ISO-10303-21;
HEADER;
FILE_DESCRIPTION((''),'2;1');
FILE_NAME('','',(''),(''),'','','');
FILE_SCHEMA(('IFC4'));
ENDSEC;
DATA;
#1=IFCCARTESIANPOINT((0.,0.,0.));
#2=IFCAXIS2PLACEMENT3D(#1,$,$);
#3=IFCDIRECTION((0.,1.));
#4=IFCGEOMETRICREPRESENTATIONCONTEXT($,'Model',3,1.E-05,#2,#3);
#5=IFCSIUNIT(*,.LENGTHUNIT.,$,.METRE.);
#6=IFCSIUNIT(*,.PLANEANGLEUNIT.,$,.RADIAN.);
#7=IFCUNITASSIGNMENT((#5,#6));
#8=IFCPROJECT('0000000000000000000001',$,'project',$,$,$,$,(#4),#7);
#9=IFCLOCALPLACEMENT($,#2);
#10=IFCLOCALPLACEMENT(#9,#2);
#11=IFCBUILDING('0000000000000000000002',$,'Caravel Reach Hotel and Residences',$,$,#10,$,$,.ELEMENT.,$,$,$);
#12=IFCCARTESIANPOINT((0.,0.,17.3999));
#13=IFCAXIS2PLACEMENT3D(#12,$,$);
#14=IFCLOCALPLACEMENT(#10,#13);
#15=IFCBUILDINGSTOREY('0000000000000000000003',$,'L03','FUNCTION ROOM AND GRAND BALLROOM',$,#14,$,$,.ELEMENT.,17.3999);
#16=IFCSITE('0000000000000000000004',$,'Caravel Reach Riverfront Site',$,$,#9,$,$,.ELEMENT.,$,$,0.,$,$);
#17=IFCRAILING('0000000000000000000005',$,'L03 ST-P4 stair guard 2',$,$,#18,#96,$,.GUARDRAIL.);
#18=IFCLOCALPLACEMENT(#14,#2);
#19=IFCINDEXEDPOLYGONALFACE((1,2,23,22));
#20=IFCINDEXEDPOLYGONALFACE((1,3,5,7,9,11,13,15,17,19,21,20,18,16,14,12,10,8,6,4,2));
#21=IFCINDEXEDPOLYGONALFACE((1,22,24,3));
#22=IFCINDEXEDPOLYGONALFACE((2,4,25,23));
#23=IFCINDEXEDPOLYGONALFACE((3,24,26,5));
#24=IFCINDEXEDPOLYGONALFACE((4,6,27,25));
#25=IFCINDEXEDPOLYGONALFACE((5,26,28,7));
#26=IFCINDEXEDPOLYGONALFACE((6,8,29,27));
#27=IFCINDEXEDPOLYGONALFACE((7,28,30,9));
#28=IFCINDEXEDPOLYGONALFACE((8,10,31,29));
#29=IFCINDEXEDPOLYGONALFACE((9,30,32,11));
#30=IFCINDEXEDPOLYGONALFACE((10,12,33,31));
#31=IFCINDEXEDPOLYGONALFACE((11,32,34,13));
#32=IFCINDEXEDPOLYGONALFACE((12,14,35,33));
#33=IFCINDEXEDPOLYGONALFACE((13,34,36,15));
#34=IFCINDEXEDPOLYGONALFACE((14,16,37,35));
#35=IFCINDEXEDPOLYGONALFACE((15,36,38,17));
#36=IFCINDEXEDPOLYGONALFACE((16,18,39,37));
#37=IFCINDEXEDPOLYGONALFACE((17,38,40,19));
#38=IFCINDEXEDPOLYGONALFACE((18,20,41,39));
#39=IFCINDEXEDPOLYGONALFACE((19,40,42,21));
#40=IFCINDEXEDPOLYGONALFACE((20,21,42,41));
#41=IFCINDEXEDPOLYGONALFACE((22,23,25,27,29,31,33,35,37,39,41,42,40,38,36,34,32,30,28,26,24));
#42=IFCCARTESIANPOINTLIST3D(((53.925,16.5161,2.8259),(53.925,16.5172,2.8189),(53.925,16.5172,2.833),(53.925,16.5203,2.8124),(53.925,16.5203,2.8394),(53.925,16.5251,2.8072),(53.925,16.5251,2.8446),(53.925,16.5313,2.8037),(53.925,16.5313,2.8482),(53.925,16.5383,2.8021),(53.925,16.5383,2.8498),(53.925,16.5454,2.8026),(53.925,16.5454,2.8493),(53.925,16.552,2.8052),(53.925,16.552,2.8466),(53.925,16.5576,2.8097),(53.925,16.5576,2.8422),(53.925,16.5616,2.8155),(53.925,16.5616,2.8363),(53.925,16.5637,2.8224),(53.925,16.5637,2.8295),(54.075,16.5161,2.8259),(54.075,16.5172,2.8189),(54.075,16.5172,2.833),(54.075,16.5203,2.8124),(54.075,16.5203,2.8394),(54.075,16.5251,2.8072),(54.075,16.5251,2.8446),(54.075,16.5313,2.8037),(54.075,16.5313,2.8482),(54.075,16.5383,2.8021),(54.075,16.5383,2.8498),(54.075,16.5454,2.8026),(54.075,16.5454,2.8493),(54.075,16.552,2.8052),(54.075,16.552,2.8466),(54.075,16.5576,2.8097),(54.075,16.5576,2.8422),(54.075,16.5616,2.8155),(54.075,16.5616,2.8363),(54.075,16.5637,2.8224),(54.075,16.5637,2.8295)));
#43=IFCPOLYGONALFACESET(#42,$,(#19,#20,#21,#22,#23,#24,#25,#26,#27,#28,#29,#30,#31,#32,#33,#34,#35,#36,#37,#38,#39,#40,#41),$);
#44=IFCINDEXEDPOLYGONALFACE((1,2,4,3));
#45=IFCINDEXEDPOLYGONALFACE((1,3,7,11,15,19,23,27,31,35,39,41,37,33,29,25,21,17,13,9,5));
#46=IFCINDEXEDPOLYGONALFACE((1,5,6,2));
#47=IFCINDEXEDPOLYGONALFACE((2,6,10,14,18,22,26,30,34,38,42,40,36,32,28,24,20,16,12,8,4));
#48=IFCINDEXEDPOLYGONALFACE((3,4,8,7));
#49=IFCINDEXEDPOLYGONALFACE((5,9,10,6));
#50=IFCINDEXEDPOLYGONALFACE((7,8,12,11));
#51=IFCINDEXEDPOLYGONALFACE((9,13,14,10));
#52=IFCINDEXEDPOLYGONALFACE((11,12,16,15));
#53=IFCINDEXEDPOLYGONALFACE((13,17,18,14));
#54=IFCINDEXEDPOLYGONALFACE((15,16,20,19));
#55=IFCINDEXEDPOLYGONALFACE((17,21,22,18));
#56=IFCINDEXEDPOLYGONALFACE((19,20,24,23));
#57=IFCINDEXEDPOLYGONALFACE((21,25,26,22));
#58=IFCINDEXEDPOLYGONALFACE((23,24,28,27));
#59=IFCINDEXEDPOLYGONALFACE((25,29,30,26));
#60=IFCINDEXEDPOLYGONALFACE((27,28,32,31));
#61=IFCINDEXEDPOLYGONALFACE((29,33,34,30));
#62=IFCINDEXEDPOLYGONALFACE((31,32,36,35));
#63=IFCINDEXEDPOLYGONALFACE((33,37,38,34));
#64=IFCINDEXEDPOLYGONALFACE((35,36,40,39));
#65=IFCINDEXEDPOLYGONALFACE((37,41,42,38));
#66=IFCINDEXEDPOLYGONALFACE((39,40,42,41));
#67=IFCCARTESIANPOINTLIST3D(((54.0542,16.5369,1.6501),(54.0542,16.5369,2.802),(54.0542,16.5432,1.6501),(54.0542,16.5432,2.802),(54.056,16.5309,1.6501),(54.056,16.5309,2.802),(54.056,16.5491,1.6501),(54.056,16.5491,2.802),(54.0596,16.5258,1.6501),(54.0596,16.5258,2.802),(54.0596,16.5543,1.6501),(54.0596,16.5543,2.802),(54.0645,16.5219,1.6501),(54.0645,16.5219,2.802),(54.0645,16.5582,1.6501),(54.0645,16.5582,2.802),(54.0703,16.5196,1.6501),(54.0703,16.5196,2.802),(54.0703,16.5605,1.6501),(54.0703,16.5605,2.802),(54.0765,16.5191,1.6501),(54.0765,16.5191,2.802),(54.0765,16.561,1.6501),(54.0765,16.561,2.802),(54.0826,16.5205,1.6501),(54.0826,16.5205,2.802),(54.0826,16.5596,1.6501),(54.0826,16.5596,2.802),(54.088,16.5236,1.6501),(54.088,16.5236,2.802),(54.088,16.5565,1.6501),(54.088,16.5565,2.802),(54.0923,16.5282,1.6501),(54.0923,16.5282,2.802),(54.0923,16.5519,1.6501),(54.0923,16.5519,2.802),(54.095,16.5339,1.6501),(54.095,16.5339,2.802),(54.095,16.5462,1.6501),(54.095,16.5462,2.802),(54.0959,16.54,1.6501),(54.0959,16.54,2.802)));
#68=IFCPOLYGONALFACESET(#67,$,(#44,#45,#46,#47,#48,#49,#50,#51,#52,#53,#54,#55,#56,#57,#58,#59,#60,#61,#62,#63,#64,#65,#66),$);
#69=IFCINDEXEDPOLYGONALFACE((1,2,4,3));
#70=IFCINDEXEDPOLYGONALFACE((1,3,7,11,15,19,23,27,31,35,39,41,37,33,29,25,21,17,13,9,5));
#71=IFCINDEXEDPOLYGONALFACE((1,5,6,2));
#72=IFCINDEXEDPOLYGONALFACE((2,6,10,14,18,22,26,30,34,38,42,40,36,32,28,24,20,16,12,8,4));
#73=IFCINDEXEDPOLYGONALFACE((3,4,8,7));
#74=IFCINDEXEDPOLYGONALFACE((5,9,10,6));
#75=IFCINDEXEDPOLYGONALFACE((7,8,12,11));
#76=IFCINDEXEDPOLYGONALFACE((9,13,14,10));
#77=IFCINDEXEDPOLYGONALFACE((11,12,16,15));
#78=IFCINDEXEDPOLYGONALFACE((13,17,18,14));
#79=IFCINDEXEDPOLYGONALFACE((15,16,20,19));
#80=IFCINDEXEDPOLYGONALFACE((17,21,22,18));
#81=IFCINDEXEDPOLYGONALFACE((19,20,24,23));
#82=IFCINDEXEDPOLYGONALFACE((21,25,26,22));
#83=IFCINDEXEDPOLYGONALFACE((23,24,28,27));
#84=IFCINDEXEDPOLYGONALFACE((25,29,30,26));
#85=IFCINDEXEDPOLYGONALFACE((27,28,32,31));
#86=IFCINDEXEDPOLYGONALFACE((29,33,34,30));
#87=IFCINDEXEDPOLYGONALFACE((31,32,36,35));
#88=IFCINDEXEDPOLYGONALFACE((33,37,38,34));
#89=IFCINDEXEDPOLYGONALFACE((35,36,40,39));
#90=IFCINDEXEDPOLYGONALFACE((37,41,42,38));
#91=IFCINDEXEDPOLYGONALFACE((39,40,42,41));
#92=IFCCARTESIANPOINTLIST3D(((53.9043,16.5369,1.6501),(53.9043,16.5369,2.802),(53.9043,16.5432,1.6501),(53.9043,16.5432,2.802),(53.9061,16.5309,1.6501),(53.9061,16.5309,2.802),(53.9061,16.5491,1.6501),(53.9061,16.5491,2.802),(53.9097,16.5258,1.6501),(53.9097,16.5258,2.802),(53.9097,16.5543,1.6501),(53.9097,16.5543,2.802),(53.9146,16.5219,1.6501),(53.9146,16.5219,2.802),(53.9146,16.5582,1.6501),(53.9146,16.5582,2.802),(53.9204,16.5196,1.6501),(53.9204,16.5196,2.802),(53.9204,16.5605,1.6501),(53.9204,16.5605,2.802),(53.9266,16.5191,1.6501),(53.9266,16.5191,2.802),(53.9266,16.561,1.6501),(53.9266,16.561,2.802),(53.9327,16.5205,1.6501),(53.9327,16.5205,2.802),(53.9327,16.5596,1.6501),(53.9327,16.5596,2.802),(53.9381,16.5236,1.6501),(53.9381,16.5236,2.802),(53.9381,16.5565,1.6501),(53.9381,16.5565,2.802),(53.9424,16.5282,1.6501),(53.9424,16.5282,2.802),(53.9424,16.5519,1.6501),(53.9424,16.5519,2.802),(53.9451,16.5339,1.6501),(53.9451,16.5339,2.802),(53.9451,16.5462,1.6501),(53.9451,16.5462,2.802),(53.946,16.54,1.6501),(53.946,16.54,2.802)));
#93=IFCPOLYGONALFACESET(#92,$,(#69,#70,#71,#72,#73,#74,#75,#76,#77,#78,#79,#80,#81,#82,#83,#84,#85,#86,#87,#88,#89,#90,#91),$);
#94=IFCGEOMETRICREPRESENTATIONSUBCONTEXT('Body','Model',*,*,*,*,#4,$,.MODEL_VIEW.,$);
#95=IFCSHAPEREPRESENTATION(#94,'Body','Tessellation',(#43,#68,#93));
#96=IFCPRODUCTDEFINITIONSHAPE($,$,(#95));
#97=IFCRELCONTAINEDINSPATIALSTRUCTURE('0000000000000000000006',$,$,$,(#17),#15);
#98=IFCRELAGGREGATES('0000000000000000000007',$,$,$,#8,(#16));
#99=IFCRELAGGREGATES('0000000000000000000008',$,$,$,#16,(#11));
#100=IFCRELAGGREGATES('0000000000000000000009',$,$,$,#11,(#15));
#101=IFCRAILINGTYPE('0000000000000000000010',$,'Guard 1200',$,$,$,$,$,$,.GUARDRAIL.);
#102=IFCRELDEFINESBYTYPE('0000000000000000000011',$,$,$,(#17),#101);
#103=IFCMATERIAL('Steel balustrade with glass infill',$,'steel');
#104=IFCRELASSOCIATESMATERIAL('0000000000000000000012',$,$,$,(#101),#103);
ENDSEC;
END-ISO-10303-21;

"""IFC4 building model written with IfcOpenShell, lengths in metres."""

from ifc_helpers import new_model, si_unit, direction, frame, origin, origin_2d, place, context, subcontext, project, spatial, circle, extrude, material, type_object, element, save


model = new_model("IFC4")

# Units and contexts
model_context = context("Model", 3, precision=1e-05, world=origin(), true_north=direction((0.0, 1.0)))
body_context = subcontext(model_context, "Body", "Model", "MODEL_VIEW")
ifc_project = project(units=[si_unit("LENGTHUNIT", "METRE"), si_unit("PLANEANGLEUNIT", "RADIAN")], contexts=[model_context])

# Site, building, storey
site_placement = place(None, origin())
site = spatial("IfcSite", under=ifc_project, at=site_placement, Name="Caravel Reach Riverfront Site", CompositionType="ELEMENT", RefElevation=0.0)
building_placement = place(site_placement, origin())
building = spatial("IfcBuilding", under=site, at=building_placement, Name="Caravel Reach Hotel and Residences", CompositionType="ELEMENT")
storey_placement = place(building_placement, frame((0.0, 0.0, 17.3999)))
storey = spatial("IfcBuildingStorey", under=building, at=storey_placement, Name="L03", Description="FUNCTION ROOM AND GRAND BALLROOM", CompositionType="ELEMENT", Elevation=17.3999)

# Railing
ifc_material_1 = material(Name="Steel balustrade with glass infill", Category="steel")
railing_type_1 = type_object("IfcRailingType", Name="Guard 1200", PredefinedType="GUARDRAIL", material=ifc_material_1)
railing_1_placement = place(storey_placement, frame((54.075, 16.54, 1.6501)))
element("IfcRailing", 1, at=railing_1_placement, inside=storey, type_object=railing_type_1, Name="L03 ST-P4 stair guard 2", PredefinedType="GUARDRAIL", context=body_context, shape_type="SweptSolid", body=[
    extrude(circle(Radius=0.0239, at=origin_2d()), frame((0.0, 0.0, 1.1758), z_axis=(-1.0, 0.0, 0.0), x_axis=(0.0, -1.0, 0.0)), (0.0, 0.0, 1.0), 0.1499),
    extrude(circle(Radius=0.021, at=origin_2d()), origin(), (0.0, 0.0, 1.0), 1.1519),
    extrude(circle(Radius=0.021, at=origin_2d()), frame((-0.1499, 0.0, 0.0)), (0.0, 0.0, 1.0), 1.1519),
])

save(model, "model.ifc")
